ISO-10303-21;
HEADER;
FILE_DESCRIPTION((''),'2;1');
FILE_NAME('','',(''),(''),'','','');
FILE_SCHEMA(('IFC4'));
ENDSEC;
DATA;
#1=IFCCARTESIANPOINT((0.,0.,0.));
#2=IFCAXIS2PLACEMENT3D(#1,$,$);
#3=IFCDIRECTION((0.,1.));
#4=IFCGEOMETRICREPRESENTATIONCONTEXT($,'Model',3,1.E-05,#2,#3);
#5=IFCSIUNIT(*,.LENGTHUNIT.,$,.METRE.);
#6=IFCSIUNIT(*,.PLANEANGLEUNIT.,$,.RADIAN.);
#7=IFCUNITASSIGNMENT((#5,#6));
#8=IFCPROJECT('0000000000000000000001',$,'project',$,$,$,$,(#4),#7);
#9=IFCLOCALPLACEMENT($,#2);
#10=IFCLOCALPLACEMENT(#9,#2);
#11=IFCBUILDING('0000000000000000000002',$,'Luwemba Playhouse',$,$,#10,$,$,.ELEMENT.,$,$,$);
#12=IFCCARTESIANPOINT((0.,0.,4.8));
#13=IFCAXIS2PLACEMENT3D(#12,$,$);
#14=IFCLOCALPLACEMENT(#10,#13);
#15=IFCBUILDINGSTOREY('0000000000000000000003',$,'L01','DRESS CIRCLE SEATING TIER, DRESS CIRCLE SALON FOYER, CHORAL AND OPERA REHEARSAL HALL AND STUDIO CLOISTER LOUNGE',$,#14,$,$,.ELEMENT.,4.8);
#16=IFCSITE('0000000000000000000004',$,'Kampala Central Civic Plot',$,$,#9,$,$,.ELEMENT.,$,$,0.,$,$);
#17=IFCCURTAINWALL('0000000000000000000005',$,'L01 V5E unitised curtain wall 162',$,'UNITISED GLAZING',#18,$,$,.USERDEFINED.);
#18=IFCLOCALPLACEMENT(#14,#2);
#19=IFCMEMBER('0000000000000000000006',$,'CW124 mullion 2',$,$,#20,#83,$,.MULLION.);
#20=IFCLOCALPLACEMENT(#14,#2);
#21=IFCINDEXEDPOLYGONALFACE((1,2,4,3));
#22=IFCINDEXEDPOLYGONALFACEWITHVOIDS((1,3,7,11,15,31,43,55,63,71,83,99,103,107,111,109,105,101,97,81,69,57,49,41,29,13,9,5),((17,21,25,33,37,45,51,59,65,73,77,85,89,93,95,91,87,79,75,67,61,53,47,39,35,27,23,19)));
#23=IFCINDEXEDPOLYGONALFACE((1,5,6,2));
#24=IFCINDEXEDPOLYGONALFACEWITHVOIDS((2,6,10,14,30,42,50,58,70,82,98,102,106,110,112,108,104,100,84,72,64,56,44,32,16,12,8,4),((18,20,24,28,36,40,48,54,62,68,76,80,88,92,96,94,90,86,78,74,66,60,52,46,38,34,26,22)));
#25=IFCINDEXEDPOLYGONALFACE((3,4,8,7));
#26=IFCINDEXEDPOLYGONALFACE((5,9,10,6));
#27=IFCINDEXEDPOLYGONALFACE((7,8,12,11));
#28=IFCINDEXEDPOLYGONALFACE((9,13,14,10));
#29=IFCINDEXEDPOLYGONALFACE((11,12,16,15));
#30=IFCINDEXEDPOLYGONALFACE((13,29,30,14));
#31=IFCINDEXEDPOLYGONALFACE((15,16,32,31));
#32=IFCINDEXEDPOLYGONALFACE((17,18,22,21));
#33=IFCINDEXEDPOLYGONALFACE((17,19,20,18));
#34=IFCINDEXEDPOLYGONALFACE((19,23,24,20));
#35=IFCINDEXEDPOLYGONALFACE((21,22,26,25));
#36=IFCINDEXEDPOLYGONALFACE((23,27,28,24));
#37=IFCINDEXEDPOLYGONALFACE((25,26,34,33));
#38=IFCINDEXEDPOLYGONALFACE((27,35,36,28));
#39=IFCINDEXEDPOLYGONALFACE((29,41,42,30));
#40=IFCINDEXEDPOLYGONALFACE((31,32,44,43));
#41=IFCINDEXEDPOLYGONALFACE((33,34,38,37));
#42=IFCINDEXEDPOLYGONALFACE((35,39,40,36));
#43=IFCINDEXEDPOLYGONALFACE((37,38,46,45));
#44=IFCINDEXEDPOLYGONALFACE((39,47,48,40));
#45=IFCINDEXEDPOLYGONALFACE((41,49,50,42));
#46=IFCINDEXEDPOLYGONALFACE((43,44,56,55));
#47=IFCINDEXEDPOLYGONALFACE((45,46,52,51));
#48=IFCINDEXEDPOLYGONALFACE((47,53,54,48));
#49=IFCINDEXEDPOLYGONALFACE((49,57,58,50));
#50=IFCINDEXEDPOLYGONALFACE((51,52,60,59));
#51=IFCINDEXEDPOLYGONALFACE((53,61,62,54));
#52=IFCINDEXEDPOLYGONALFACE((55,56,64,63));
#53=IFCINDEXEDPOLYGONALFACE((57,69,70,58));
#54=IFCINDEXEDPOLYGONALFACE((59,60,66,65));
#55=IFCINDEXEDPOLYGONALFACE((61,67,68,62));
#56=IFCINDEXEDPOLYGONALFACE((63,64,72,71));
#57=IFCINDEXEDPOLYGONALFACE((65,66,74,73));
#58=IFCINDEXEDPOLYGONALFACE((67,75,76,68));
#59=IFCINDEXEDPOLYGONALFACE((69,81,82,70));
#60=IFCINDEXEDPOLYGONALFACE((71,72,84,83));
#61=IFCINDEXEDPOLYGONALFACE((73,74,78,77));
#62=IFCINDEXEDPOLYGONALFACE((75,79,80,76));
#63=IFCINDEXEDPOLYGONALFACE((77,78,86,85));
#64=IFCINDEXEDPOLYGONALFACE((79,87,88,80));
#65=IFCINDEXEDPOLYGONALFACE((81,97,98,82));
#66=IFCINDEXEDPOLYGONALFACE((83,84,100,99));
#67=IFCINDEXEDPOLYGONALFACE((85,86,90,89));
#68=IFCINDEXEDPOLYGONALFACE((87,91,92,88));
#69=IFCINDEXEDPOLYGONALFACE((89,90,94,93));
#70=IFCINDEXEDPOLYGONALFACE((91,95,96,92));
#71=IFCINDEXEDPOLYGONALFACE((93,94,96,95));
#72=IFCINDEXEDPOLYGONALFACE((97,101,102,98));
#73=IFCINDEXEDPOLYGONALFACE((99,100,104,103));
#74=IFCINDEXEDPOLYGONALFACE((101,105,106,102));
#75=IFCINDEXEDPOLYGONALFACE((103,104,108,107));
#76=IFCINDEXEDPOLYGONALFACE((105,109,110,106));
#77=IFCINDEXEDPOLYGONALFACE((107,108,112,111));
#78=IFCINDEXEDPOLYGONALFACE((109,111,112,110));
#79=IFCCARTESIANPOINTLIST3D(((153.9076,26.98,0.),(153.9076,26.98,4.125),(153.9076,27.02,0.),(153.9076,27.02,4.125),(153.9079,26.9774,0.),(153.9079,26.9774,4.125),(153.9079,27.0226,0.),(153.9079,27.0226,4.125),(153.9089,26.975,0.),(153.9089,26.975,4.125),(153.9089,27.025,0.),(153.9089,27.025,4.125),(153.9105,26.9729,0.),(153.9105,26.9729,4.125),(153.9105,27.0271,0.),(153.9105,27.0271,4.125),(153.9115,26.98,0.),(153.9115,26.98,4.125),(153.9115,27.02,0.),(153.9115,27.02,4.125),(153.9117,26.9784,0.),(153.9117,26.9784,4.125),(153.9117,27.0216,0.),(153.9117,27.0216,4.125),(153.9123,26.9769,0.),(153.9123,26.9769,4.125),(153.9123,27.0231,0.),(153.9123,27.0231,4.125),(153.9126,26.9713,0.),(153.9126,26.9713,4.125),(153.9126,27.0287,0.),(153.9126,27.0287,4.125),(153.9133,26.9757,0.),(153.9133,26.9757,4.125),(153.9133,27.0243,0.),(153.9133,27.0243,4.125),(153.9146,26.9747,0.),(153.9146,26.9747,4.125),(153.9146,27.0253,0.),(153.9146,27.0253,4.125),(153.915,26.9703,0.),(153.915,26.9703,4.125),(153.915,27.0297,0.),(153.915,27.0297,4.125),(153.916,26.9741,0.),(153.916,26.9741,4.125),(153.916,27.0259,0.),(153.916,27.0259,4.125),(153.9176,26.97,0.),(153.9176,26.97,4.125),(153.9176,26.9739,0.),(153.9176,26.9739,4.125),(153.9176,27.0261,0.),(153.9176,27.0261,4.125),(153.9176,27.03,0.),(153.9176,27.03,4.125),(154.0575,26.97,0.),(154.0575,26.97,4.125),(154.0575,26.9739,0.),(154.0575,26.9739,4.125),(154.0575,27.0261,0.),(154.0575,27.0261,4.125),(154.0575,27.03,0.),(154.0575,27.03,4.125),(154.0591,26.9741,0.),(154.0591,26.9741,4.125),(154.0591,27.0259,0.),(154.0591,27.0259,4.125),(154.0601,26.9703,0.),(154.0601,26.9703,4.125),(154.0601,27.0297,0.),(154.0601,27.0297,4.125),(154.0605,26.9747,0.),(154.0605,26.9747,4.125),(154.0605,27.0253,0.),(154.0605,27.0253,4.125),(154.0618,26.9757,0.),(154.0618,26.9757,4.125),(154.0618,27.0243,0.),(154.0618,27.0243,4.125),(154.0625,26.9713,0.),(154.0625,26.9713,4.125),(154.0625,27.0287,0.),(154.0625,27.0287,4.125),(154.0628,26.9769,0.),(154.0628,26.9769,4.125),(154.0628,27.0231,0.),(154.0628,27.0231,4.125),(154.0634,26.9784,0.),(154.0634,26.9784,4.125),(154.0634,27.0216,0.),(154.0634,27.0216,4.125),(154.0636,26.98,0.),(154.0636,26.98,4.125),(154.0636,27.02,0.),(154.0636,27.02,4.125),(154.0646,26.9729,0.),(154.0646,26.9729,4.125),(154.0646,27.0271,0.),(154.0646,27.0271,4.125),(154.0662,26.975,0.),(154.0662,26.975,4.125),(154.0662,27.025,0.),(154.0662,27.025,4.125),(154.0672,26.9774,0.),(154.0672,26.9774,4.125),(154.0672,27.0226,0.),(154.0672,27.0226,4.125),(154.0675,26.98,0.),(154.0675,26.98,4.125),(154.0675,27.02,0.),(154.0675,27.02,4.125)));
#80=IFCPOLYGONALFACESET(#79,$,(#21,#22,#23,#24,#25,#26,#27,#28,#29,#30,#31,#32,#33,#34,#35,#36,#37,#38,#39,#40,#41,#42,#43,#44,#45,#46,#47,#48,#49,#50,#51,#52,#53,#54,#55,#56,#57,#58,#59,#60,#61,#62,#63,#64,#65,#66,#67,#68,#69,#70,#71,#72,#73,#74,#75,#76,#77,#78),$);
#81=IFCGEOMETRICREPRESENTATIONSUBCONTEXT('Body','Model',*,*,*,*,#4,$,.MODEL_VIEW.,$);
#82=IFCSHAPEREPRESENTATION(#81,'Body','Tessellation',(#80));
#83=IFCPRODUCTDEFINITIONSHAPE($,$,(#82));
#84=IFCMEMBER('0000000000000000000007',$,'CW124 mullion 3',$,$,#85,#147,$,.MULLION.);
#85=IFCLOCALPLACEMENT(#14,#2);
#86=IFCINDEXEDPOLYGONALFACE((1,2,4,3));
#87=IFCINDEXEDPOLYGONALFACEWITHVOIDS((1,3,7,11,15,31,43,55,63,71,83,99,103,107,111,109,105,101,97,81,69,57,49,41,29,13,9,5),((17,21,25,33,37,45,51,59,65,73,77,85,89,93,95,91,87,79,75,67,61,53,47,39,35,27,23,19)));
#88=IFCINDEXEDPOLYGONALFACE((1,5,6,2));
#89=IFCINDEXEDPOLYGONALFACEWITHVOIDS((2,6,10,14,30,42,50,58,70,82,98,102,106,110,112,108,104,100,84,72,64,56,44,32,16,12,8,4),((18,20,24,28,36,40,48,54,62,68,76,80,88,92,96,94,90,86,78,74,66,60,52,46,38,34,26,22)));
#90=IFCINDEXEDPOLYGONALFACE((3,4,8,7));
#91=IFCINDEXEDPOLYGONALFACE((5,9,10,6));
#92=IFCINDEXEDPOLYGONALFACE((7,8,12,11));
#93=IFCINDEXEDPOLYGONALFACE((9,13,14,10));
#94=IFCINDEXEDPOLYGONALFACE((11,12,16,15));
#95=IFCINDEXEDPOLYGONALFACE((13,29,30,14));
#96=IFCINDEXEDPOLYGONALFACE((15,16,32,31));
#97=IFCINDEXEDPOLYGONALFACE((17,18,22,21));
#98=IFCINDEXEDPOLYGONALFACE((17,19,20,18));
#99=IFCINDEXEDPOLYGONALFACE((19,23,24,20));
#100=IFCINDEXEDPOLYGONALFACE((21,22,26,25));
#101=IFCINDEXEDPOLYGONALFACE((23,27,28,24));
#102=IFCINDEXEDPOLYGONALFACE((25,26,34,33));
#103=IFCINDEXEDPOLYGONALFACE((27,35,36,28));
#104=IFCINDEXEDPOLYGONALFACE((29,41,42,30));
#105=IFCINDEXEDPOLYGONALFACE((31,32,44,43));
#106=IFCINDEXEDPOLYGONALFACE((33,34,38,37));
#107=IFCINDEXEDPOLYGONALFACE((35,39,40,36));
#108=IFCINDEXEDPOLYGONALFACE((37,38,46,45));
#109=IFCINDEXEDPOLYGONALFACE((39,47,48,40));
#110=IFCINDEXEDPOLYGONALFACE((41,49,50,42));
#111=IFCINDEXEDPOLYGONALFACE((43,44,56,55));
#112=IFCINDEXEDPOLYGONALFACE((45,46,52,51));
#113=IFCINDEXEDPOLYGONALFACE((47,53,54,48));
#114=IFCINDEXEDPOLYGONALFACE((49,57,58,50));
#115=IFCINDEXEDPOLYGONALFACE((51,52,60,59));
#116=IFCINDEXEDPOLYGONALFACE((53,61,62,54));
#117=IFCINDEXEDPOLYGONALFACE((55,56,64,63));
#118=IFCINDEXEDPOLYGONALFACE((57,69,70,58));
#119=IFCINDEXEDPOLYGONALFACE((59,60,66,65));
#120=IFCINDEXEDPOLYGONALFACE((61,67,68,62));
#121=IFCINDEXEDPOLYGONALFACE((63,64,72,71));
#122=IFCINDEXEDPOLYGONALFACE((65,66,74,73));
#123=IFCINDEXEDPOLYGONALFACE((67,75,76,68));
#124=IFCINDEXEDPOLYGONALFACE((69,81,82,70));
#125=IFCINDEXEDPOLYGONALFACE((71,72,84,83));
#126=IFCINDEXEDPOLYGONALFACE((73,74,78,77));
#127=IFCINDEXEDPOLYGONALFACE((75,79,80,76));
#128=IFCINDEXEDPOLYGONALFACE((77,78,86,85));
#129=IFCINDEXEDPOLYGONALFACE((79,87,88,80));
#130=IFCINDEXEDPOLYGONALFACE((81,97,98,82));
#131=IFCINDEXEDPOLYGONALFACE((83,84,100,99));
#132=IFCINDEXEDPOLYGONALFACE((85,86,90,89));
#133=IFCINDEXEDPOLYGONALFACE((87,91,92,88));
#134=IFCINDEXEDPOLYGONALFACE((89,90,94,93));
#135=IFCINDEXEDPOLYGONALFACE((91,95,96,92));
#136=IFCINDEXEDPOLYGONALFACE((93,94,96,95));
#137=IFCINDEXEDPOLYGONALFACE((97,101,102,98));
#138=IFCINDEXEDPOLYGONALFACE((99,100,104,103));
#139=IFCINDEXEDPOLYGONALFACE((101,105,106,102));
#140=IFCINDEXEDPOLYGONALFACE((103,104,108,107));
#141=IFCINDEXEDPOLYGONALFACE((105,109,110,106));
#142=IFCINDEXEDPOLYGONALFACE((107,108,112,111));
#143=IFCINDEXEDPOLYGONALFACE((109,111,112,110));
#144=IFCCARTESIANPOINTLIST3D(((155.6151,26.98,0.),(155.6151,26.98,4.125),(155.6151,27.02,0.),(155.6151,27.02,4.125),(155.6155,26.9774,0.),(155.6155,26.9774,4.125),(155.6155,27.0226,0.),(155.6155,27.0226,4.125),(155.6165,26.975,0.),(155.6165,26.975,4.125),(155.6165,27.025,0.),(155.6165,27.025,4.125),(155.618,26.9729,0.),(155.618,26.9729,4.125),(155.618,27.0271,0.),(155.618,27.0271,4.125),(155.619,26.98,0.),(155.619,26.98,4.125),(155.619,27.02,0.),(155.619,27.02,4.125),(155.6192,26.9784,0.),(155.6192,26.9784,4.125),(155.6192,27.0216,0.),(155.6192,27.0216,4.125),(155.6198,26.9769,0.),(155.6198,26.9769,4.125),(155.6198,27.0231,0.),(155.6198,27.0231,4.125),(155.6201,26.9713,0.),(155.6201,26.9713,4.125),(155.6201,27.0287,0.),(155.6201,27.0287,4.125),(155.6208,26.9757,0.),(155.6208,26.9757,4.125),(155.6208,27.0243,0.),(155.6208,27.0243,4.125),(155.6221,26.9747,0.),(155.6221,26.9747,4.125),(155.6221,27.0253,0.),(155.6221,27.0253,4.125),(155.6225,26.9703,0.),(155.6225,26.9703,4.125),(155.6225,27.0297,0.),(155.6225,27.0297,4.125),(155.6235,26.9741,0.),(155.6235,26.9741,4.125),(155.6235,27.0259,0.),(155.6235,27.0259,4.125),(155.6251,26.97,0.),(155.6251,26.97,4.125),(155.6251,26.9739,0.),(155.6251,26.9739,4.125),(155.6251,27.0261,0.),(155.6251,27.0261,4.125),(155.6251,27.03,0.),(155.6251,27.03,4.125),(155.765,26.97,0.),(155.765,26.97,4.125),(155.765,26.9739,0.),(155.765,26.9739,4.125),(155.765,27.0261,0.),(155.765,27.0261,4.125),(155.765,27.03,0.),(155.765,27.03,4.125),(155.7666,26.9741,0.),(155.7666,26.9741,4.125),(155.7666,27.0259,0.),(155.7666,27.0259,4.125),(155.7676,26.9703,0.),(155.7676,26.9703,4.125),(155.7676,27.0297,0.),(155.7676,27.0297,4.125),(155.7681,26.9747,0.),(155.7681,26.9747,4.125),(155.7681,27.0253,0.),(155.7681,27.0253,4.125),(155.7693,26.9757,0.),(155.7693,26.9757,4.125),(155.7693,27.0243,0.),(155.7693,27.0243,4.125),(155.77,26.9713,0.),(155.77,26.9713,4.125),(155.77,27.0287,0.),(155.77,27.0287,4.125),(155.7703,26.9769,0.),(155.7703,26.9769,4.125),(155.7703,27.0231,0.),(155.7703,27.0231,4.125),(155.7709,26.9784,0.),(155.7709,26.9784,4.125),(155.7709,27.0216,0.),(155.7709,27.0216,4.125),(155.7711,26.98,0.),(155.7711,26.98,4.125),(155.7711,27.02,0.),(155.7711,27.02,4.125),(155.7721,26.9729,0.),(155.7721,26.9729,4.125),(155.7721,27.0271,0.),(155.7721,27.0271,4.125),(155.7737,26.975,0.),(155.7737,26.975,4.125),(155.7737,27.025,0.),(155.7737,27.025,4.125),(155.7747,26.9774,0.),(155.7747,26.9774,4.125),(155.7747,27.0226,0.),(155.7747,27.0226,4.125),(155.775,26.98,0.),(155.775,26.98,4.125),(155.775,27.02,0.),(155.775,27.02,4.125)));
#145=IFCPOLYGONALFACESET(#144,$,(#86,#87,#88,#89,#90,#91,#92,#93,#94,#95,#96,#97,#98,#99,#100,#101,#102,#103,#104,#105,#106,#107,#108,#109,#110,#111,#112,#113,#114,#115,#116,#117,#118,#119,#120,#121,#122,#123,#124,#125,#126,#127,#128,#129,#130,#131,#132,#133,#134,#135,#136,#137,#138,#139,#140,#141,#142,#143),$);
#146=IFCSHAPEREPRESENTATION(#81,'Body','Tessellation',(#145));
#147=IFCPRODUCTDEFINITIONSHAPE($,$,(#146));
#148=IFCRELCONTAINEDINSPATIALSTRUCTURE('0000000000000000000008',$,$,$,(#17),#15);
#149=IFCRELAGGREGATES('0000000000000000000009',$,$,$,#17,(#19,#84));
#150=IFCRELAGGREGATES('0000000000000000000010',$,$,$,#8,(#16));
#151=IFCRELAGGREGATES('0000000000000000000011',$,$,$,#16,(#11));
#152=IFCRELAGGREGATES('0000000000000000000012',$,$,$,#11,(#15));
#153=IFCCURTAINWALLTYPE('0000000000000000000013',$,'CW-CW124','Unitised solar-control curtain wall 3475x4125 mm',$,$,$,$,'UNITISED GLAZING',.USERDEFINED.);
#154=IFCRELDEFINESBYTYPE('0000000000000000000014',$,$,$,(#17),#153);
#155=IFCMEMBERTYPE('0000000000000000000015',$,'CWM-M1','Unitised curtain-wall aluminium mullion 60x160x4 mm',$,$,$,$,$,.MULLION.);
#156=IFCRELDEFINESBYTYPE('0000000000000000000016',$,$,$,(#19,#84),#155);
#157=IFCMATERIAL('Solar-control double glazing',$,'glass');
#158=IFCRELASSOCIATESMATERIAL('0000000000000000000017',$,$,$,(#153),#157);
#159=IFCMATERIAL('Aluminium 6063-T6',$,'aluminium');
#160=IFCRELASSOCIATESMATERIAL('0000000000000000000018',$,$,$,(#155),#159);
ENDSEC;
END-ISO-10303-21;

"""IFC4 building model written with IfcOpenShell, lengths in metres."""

from ifc_helpers import new_model, si_unit, direction, frame, origin, origin_2d, place, context, subcontext, project, spatial, hollow_rectangle, extrude, material, material_profile, profile_set, type_object, element, aggregate, save


model = new_model("IFC4")

# Units and contexts
model_context = context("Model", 3, precision=1e-05, world=origin(), true_north=direction((0.0, 1.0)))
body_context = subcontext(model_context, "Body", "Model", "MODEL_VIEW")
ifc_project = project(units=[si_unit("LENGTHUNIT", "METRE"), si_unit("PLANEANGLEUNIT", "RADIAN")], contexts=[model_context])

# Site, building, storey
site_placement = place(None, origin())
site = spatial("IfcSite", under=ifc_project, at=site_placement, Name="Kampala Central Civic Plot", CompositionType="ELEMENT", RefElevation=0.0)
building_placement = place(site_placement, origin())
building = spatial("IfcBuilding", under=site, at=building_placement, Name="Luwemba Playhouse", CompositionType="ELEMENT")
storey_placement = place(building_placement, frame((0.0, 0.0, 4.8)))
storey = spatial("IfcBuildingStorey", under=building, at=storey_placement, Name="L01", Description="DRESS CIRCLE SEATING TIER, DRESS CIRCLE SALON FOYER, CHORAL AND OPERA REHEARSAL HALL AND STUDIO CLOISTER LOUNGE", CompositionType="ELEMENT", Elevation=4.8)

# Curtain wall, members
ifc_material_1 = material(Name="Solar-control double glazing", Category="glass")
curtain_wall_type_1 = type_object("IfcCurtainWallType", Name="CW-CW124", Description="Unitised solar-control curtain wall 3475x4125 mm", ElementType="UNITISED GLAZING", PredefinedType="USERDEFINED", material=ifc_material_1)
curtain_wall_1_placement = place(storey_placement, origin())
curtain_wall_1 = element("IfcCurtainWall", 1, at=curtain_wall_1_placement, inside=storey, type_object=curtain_wall_type_1, Name="L01 V5E unitised curtain wall 162", ObjectType="UNITISED GLAZING", PredefinedType="USERDEFINED")
ifc_material_2 = material(Name="Aluminium 6063-T6", Category="aluminium")
ifc_material_profile_1 = material_profile(ifc_material_2, hollow_rectangle(XDim=0.0601, YDim=0.1599, WallThickness=0.0039, InnerFilletRadius=0.0061, OuterFilletRadius=0.01, at=origin_2d()))
ifc_profile_set_1 = profile_set([ifc_material_profile_1], Name="Aluminium 6063-T6")
member_type_1 = type_object("IfcMemberType", Name="CWM-M1", Description="Unitised curtain-wall aluminium mullion 60x160x4 mm", PredefinedType="MULLION", material=ifc_profile_set_1)
member_1_placement = place(storey_placement, frame((153.9875, 27.0, 0.0), z_axis=(0.0, 0.0, 1.0), x_axis=(0.0, 1.0, 0.0)))
member_1 = element("IfcMember", 2, at=member_1_placement, type_object=member_type_1, Name="CW124 mullion 2", PredefinedType="MULLION", context=body_context, shape_type="SweptSolid", body=[
    extrude(hollow_rectangle(XDim=0.0601, YDim=0.1599, WallThickness=0.0039, InnerFilletRadius=0.0061, OuterFilletRadius=0.01, at=origin_2d()), origin(), (0.0, 0.0, 1.0), 4.125),
])
member_2_placement = place(storey_placement, frame((155.6951, 27.0, 0.0), z_axis=(0.0, 0.0, 1.0), x_axis=(0.0, 1.0, 0.0)))
member_2 = element("IfcMember", 3, at=member_2_placement, type_object=member_type_1, Name="CW124 mullion 3", PredefinedType="MULLION", context=body_context, shape_type="SweptSolid", body=[
    extrude(hollow_rectangle(XDim=0.0601, YDim=0.1599, WallThickness=0.0039, InnerFilletRadius=0.0061, OuterFilletRadius=0.01, at=origin_2d()), origin(), (0.0, 0.0, 1.0), 4.125),
])

aggregate(curtain_wall_1, [member_1, member_2])

save(model, "model.ifc")
